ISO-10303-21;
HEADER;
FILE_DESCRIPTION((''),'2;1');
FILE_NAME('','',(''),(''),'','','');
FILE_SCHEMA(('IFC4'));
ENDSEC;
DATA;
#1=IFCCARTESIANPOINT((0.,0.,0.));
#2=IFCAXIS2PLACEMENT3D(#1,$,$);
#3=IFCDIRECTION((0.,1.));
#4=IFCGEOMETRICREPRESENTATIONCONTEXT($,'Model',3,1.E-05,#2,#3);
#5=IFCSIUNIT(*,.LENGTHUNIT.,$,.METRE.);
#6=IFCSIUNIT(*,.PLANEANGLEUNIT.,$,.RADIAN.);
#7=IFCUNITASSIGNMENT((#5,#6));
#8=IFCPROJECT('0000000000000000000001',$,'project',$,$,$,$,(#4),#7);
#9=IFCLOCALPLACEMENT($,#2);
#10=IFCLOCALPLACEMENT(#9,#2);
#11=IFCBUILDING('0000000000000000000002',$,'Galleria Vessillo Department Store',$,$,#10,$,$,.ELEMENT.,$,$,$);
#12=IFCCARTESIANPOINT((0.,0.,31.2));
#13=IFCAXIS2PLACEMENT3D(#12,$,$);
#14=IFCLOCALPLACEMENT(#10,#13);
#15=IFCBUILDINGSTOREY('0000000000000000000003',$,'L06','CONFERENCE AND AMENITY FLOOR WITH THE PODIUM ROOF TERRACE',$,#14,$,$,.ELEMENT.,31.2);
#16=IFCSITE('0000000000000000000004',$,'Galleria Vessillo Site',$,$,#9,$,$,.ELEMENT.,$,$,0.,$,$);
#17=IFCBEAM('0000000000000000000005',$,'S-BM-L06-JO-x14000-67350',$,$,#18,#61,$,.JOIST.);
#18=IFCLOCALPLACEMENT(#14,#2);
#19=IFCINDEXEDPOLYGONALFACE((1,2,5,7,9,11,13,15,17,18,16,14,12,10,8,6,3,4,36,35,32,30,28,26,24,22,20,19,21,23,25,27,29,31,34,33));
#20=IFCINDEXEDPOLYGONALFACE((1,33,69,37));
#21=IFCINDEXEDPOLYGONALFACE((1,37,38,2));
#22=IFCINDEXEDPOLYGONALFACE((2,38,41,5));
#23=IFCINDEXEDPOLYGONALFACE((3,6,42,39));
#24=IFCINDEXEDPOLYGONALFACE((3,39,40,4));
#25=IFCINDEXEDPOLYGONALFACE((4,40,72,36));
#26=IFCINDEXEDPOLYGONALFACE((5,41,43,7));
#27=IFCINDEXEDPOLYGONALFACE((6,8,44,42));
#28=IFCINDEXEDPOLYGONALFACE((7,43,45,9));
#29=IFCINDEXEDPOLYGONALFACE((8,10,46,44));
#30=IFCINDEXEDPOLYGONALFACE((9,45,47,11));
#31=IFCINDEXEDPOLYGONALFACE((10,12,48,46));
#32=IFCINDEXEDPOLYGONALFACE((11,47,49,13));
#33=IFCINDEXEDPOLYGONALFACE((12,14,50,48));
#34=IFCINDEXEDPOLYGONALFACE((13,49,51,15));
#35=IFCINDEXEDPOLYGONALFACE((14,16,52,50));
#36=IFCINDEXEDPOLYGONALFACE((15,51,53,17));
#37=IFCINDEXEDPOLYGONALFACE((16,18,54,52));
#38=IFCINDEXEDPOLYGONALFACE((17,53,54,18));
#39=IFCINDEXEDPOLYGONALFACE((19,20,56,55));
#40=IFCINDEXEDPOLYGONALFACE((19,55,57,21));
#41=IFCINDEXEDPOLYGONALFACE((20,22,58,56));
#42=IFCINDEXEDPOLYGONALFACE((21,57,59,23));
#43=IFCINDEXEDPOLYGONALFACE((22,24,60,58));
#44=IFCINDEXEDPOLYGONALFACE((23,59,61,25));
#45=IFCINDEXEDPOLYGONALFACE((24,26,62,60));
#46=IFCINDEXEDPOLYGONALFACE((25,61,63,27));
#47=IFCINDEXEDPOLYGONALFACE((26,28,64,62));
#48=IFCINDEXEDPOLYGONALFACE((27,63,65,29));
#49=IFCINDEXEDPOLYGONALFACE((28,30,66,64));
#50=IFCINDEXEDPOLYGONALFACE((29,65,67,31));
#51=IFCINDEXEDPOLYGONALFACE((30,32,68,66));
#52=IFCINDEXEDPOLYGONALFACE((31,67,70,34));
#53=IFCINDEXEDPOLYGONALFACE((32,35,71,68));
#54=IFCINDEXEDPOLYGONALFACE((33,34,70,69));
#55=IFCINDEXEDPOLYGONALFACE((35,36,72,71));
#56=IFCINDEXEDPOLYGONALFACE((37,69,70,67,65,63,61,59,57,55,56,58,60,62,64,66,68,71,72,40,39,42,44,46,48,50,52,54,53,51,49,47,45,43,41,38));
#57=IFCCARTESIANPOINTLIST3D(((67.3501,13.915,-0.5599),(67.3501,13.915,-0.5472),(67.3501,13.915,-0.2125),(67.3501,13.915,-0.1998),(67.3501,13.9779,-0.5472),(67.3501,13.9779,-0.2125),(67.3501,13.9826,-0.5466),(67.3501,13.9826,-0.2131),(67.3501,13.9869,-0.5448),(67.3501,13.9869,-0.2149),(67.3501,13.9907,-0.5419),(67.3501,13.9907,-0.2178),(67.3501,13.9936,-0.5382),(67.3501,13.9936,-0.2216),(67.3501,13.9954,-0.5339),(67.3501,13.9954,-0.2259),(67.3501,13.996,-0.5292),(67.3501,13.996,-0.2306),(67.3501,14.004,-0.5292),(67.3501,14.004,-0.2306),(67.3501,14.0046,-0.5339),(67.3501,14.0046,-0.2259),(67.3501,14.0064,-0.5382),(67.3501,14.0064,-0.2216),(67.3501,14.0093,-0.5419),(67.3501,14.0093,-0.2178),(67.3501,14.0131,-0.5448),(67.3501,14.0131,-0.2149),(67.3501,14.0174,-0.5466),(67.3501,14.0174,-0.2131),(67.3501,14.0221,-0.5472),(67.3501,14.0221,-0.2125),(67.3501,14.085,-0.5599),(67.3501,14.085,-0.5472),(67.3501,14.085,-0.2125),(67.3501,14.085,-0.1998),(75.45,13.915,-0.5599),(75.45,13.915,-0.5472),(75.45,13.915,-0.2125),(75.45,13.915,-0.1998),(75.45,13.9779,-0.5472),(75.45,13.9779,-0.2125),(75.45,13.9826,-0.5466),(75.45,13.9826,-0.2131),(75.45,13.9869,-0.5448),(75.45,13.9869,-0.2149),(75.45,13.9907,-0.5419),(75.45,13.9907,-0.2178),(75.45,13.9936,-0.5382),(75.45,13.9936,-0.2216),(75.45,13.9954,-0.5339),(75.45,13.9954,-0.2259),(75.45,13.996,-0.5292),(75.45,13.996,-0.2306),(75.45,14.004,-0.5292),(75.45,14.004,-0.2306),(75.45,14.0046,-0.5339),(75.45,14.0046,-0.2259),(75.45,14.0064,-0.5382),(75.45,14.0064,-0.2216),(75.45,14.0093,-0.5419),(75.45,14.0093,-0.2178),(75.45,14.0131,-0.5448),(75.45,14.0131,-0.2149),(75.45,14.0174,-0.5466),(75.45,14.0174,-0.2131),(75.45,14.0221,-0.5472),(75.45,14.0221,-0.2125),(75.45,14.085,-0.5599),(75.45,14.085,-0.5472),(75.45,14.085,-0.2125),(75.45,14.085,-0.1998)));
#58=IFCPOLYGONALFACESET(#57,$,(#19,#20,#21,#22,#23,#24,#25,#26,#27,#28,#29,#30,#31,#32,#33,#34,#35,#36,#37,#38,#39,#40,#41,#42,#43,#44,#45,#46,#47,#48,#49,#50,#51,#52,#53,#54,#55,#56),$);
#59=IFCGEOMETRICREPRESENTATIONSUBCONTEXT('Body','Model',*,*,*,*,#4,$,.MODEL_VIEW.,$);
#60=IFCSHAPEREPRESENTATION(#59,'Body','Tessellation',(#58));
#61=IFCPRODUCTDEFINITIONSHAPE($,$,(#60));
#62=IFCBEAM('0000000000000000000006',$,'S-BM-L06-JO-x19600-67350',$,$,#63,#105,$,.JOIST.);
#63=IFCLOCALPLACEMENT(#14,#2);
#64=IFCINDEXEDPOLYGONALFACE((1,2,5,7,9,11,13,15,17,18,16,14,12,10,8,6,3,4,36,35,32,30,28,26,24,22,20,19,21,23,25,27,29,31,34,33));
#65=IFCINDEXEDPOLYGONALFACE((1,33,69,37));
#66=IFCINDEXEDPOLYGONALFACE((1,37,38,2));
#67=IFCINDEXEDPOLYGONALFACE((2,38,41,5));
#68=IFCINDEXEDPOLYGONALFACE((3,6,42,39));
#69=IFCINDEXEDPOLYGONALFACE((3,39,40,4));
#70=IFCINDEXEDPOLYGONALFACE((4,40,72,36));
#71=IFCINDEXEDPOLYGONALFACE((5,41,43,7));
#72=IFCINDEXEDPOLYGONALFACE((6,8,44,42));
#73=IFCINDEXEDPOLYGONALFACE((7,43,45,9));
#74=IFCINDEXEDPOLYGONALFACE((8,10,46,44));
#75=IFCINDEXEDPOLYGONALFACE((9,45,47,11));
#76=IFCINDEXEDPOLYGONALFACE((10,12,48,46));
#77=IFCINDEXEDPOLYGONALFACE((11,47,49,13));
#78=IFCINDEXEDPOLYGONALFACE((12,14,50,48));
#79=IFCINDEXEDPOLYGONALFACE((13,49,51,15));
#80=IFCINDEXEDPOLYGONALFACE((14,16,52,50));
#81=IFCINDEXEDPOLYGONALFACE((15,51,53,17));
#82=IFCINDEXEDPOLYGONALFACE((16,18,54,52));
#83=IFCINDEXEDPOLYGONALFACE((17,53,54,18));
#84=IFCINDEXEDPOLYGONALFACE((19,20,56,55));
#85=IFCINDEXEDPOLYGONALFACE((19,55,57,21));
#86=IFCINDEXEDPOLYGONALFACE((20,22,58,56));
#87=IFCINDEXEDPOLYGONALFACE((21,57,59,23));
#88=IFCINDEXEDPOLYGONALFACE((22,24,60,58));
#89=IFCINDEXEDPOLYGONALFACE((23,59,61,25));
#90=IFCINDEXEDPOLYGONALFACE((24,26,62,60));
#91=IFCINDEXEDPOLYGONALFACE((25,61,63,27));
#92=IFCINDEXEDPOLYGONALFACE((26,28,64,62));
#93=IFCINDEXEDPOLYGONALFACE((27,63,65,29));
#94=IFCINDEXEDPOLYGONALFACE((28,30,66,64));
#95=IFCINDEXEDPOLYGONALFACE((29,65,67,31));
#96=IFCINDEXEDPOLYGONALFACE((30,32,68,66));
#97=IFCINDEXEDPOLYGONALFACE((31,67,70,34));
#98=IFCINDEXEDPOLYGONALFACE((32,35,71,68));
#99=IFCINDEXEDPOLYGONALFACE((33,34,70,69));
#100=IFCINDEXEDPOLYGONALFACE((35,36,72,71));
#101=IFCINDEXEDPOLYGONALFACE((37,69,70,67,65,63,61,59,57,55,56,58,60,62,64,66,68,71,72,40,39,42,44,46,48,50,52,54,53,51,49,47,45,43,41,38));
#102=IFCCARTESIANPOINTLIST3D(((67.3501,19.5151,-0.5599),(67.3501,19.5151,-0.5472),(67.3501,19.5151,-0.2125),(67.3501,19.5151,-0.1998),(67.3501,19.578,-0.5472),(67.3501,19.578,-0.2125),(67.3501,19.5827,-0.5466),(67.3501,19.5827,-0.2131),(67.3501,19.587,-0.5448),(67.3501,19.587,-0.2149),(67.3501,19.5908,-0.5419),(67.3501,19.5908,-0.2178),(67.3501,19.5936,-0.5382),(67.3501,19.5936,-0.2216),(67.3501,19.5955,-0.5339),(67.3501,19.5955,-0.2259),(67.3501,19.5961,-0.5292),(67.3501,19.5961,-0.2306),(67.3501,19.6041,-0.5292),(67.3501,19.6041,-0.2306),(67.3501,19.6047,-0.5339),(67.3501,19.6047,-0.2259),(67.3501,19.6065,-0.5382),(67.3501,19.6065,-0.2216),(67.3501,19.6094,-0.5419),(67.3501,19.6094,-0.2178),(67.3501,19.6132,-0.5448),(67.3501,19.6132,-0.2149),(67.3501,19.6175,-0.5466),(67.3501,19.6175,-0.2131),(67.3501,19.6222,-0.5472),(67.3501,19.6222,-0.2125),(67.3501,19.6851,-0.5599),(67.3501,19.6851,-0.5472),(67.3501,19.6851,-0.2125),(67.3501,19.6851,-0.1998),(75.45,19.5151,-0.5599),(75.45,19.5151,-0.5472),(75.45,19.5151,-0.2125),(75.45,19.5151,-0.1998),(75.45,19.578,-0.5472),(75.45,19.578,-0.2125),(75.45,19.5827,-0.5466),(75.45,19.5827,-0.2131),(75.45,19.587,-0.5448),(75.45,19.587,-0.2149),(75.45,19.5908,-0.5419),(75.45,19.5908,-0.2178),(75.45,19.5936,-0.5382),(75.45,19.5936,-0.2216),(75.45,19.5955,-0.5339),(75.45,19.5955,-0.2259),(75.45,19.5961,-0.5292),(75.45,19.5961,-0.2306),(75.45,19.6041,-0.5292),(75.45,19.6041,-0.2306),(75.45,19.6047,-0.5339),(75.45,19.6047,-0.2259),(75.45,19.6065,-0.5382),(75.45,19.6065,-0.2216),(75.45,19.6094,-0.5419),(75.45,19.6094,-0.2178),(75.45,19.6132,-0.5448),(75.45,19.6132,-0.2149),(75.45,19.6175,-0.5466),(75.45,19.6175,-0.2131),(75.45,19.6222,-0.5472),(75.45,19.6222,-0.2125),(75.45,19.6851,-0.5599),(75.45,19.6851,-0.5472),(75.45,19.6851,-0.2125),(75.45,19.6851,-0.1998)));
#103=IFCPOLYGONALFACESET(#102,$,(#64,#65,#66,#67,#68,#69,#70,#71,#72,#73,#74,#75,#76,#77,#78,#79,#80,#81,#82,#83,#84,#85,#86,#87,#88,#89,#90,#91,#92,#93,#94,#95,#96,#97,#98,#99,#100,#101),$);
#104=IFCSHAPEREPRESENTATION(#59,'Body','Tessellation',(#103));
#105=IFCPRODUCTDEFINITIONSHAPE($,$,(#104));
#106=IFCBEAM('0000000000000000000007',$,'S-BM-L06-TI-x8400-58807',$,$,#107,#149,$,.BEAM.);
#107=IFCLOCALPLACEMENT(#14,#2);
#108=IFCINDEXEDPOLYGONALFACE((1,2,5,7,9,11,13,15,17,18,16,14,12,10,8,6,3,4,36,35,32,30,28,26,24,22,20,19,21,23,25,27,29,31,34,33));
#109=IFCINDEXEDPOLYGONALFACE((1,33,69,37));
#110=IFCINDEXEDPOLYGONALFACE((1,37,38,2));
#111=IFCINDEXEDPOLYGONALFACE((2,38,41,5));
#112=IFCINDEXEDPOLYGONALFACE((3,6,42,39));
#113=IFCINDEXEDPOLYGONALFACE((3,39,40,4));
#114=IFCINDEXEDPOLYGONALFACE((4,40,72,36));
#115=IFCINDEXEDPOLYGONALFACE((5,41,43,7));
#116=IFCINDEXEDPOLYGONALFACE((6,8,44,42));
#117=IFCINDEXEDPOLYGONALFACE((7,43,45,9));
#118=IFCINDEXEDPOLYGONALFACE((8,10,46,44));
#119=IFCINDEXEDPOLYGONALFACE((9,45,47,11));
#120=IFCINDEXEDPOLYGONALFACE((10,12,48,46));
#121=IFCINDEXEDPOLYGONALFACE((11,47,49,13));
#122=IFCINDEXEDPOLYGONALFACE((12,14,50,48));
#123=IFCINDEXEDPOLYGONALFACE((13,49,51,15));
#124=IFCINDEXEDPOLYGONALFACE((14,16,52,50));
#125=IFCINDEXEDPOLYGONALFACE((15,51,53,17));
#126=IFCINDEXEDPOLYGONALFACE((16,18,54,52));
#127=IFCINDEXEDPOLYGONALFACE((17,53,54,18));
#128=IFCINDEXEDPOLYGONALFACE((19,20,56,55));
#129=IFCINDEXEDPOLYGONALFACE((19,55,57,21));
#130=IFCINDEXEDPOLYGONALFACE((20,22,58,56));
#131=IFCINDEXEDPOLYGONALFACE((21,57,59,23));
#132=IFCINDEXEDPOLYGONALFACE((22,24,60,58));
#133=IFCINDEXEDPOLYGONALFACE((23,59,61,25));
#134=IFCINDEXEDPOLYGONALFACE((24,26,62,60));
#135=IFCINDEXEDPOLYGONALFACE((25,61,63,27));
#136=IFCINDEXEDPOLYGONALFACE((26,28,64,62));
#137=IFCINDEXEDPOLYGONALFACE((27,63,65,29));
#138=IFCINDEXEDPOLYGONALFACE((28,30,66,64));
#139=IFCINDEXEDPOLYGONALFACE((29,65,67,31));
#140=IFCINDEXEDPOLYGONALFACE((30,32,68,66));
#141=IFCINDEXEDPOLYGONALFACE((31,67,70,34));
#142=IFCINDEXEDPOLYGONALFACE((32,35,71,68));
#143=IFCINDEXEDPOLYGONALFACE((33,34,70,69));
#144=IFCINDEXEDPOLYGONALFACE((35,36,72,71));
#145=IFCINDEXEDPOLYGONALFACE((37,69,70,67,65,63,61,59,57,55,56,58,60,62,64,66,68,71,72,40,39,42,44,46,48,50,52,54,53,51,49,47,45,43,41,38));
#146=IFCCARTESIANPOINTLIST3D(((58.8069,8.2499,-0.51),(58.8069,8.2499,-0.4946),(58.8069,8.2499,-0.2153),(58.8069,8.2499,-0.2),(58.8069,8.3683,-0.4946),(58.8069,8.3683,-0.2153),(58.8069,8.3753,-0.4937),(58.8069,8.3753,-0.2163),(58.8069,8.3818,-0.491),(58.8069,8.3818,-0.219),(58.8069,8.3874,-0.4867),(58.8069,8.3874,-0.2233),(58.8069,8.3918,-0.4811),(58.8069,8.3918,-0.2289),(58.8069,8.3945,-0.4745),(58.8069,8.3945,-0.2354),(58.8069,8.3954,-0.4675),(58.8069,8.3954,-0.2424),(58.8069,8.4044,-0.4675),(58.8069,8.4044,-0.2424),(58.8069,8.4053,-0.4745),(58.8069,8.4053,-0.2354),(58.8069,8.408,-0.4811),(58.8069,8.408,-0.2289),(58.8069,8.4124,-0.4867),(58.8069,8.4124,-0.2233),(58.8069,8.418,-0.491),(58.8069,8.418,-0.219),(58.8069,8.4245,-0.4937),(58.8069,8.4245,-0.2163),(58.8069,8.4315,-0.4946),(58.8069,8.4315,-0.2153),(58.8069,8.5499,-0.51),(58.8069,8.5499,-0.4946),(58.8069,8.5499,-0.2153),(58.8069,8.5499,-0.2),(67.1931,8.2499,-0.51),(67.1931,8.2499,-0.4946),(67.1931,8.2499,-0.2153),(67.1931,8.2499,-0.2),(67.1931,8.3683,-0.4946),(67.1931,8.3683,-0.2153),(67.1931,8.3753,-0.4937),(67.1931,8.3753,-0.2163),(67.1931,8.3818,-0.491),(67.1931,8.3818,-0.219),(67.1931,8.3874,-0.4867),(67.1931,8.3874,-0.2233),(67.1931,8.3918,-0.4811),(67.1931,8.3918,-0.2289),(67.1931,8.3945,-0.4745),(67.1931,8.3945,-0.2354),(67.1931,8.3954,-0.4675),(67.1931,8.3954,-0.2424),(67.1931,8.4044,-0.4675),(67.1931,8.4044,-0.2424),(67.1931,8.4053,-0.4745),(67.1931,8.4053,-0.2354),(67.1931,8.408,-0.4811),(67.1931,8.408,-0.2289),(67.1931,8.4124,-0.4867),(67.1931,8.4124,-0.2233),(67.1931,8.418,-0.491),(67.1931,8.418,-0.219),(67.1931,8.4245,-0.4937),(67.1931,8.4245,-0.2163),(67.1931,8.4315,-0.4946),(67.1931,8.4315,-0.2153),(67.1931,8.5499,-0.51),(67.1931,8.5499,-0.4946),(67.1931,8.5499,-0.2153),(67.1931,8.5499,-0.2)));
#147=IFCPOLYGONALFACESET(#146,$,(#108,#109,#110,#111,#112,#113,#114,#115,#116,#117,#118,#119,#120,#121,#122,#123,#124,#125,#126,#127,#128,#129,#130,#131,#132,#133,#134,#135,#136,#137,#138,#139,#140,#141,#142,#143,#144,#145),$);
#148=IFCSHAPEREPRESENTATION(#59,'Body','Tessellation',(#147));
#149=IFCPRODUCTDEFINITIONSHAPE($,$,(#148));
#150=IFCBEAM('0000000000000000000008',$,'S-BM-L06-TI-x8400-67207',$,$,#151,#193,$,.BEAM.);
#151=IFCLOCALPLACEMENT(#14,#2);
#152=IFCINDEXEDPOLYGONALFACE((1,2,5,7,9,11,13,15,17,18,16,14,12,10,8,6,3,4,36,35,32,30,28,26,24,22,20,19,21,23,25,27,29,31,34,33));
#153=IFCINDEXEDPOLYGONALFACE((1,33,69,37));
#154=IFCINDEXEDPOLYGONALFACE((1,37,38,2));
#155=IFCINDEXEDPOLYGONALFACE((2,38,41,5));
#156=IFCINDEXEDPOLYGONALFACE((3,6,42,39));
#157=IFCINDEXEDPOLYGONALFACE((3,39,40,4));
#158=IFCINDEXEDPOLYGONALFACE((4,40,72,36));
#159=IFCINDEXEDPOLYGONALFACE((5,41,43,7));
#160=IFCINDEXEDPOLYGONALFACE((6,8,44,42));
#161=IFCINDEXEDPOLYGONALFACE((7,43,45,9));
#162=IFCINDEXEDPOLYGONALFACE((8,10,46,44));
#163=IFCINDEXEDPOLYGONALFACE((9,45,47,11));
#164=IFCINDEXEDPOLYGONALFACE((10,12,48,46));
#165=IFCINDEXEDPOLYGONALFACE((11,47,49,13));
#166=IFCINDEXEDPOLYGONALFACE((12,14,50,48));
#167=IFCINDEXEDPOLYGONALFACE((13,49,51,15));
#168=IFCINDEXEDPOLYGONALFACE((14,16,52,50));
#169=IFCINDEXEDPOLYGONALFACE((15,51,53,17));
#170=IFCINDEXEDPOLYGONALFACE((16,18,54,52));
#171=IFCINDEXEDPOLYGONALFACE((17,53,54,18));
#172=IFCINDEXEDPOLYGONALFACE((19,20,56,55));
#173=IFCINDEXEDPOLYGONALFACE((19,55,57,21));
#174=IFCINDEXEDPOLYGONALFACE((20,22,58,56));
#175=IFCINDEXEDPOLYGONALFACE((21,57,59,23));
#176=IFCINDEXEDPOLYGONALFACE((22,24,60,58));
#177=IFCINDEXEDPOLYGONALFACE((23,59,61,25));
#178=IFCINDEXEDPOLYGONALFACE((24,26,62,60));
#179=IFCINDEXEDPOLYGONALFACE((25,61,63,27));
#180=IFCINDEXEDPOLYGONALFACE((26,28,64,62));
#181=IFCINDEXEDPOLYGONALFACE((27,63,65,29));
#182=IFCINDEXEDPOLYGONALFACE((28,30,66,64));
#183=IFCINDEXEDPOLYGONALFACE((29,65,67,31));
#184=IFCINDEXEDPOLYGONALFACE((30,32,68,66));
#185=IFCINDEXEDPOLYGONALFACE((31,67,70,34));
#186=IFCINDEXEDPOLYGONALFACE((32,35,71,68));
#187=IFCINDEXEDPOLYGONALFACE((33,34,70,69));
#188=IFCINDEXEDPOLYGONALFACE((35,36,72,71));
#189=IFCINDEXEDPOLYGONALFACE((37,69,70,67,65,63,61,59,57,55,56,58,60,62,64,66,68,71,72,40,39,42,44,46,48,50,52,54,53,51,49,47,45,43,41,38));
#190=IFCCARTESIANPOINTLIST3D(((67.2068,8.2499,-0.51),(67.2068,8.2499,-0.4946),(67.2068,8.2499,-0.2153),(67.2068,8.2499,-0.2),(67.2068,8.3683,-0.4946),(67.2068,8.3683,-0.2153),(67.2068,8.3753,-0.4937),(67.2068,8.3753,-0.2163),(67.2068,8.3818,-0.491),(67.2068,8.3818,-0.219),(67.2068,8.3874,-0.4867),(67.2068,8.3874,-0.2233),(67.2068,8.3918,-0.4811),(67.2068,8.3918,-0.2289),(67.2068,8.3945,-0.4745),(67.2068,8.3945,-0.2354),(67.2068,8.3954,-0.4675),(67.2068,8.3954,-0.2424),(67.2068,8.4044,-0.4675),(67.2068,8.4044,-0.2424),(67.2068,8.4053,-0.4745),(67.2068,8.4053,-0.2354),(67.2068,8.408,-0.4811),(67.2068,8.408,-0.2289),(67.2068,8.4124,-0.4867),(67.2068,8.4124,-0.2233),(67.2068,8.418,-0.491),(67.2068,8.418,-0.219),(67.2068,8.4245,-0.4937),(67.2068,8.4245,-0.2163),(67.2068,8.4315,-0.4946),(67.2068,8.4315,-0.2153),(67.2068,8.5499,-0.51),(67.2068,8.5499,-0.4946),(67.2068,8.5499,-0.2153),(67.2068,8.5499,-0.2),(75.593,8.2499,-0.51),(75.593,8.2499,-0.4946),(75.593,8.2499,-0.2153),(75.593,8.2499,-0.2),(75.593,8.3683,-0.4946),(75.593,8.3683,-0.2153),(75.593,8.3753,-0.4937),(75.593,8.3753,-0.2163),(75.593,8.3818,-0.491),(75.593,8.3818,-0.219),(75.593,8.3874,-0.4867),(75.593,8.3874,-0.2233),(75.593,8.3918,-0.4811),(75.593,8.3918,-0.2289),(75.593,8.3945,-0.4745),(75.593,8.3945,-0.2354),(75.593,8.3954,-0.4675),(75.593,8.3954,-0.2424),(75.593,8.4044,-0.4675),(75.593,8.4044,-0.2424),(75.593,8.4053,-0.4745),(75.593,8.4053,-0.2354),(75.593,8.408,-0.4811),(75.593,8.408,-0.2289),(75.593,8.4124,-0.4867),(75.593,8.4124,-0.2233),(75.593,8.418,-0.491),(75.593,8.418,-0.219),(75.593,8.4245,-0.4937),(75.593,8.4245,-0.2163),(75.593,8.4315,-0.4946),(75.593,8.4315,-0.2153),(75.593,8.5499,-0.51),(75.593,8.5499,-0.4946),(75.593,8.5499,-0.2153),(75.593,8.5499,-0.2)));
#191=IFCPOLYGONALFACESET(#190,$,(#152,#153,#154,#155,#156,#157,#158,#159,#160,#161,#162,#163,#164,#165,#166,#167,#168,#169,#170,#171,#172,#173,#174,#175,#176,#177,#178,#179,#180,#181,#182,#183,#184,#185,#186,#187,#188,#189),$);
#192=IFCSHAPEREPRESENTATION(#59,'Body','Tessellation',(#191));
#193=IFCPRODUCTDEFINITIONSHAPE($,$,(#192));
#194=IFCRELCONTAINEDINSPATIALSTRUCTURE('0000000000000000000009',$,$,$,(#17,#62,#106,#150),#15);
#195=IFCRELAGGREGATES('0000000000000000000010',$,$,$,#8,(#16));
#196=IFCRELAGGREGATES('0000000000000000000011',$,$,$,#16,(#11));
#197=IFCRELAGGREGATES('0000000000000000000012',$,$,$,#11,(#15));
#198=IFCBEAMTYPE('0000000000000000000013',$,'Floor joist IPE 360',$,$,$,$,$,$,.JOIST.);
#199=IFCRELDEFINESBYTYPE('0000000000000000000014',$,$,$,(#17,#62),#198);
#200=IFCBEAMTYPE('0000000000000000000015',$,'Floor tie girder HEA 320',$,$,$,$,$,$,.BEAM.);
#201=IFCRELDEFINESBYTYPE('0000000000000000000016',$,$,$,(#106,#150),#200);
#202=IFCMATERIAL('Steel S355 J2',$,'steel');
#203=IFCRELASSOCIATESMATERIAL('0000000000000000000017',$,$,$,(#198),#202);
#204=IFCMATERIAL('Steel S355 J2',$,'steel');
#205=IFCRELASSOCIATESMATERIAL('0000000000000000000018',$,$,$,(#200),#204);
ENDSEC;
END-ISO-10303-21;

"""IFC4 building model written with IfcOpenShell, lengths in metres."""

from ifc_helpers import new_model, si_unit, direction, frame, origin, origin_2d, place, context, subcontext, project, spatial, i_section, extrude, material, material_profile, profile_set, type_object, element, save


model = new_model("IFC4")

# Units and contexts
model_context = context("Model", 3, precision=1e-05, world=origin(), true_north=direction((0.0, 1.0)))
body_context = subcontext(model_context, "Body", "Model", "MODEL_VIEW")
ifc_project = project(units=[si_unit("LENGTHUNIT", "METRE"), si_unit("PLANEANGLEUNIT", "RADIAN")], contexts=[model_context])

# Site, building, storey
site_placement = place(None, origin())
site = spatial("IfcSite", under=ifc_project, at=site_placement, Name="Galleria Vessillo Site", CompositionType="ELEMENT", RefElevation=0.0)
building_placement = place(site_placement, origin())
building = spatial("IfcBuilding", under=site, at=building_placement, Name="Galleria Vessillo Department Store", CompositionType="ELEMENT")
storey_placement = place(building_placement, frame((0.0, 0.0, 31.2)))
storey = spatial("IfcBuildingStorey", under=building, at=storey_placement, Name="L06", Description="CONFERENCE AND AMENITY FLOOR WITH THE PODIUM ROOF TERRACE", CompositionType="ELEMENT", Elevation=31.2)

# Beams
ifc_material_1 = material(Name="Steel S355 J2", Category="steel")
ifc_material_profile_1 = material_profile(ifc_material_1, i_section(OverallWidth=0.1699, OverallDepth=0.3601, WebThickness=0.0081, FlangeThickness=0.0127, FilletRadius=0.0181, at=origin_2d()), Name="IPE 360")
ifc_profile_set_1 = profile_set([ifc_material_profile_1], Name="Steel S355 J2")
beam_type_1 = type_object("IfcBeamType", Name="Floor joist IPE 360", PredefinedType="JOIST", material=ifc_profile_set_1)
for number, where, z_axis, x_axis, name in (
    (1, (67.3501, 14.0, -0.3799), (1.0, 0.0, 0.0), (0.0, 1.0, 0.0), "S-BM-L06-JO-x14000-67350"),
    (2, (67.3501, 19.6001, -0.3799), (1.0, 0.0, 0.0), (0.0, 1.0, 0.0), "S-BM-L06-JO-x19600-67350"),
):
    element("IfcBeam", number, at=place(storey_placement, frame(where, z_axis=z_axis, x_axis=x_axis)), inside=storey, type_object=beam_type_1, Name=name, PredefinedType="JOIST", context=body_context, shape_type="SweptSolid", body=[
        extrude(i_section(OverallWidth=0.1699, OverallDepth=0.3601, WebThickness=0.0081, FlangeThickness=0.0127, FilletRadius=0.0181, at=origin_2d()), origin(), (0.0, 0.0, 1.0), 8.0999),
    ])
ifc_material_2 = material(Name="Steel S355 J2", Category="steel")
ifc_material_profile_2 = material_profile(ifc_material_2, i_section(OverallWidth=0.3, OverallDepth=0.3101, WebThickness=0.009, FlangeThickness=0.0154, FilletRadius=0.0271, at=origin_2d()), Name="HEA 320")
ifc_profile_set_2 = profile_set([ifc_material_profile_2], Name="Steel S355 J2")
beam_type_2 = type_object("IfcBeamType", Name="Floor tie girder HEA 320", PredefinedType="BEAM", material=ifc_profile_set_2)
for number, where, z_axis, x_axis, name in (
    (3, (58.8069, 8.3999, -0.355), (1.0, 0.0, 0.0), (0.0, 1.0, 0.0), "S-BM-L06-TI-x8400-58807"),
    (4, (67.2068, 8.3999, -0.355), (1.0, 0.0, 0.0), (0.0, 1.0, 0.0), "S-BM-L06-TI-x8400-67207"),
):
    element("IfcBeam", number, at=place(storey_placement, frame(where, z_axis=z_axis, x_axis=x_axis)), inside=storey, type_object=beam_type_2, Name=name, PredefinedType="BEAM", context=body_context, shape_type="SweptSolid", body=[
        extrude(i_section(OverallWidth=0.3, OverallDepth=0.3101, WebThickness=0.009, FlangeThickness=0.0154, FilletRadius=0.0271, at=origin_2d()), origin(), (0.0, 0.0, 1.0), 8.3862),
    ])

save(model, "model.ifc")
